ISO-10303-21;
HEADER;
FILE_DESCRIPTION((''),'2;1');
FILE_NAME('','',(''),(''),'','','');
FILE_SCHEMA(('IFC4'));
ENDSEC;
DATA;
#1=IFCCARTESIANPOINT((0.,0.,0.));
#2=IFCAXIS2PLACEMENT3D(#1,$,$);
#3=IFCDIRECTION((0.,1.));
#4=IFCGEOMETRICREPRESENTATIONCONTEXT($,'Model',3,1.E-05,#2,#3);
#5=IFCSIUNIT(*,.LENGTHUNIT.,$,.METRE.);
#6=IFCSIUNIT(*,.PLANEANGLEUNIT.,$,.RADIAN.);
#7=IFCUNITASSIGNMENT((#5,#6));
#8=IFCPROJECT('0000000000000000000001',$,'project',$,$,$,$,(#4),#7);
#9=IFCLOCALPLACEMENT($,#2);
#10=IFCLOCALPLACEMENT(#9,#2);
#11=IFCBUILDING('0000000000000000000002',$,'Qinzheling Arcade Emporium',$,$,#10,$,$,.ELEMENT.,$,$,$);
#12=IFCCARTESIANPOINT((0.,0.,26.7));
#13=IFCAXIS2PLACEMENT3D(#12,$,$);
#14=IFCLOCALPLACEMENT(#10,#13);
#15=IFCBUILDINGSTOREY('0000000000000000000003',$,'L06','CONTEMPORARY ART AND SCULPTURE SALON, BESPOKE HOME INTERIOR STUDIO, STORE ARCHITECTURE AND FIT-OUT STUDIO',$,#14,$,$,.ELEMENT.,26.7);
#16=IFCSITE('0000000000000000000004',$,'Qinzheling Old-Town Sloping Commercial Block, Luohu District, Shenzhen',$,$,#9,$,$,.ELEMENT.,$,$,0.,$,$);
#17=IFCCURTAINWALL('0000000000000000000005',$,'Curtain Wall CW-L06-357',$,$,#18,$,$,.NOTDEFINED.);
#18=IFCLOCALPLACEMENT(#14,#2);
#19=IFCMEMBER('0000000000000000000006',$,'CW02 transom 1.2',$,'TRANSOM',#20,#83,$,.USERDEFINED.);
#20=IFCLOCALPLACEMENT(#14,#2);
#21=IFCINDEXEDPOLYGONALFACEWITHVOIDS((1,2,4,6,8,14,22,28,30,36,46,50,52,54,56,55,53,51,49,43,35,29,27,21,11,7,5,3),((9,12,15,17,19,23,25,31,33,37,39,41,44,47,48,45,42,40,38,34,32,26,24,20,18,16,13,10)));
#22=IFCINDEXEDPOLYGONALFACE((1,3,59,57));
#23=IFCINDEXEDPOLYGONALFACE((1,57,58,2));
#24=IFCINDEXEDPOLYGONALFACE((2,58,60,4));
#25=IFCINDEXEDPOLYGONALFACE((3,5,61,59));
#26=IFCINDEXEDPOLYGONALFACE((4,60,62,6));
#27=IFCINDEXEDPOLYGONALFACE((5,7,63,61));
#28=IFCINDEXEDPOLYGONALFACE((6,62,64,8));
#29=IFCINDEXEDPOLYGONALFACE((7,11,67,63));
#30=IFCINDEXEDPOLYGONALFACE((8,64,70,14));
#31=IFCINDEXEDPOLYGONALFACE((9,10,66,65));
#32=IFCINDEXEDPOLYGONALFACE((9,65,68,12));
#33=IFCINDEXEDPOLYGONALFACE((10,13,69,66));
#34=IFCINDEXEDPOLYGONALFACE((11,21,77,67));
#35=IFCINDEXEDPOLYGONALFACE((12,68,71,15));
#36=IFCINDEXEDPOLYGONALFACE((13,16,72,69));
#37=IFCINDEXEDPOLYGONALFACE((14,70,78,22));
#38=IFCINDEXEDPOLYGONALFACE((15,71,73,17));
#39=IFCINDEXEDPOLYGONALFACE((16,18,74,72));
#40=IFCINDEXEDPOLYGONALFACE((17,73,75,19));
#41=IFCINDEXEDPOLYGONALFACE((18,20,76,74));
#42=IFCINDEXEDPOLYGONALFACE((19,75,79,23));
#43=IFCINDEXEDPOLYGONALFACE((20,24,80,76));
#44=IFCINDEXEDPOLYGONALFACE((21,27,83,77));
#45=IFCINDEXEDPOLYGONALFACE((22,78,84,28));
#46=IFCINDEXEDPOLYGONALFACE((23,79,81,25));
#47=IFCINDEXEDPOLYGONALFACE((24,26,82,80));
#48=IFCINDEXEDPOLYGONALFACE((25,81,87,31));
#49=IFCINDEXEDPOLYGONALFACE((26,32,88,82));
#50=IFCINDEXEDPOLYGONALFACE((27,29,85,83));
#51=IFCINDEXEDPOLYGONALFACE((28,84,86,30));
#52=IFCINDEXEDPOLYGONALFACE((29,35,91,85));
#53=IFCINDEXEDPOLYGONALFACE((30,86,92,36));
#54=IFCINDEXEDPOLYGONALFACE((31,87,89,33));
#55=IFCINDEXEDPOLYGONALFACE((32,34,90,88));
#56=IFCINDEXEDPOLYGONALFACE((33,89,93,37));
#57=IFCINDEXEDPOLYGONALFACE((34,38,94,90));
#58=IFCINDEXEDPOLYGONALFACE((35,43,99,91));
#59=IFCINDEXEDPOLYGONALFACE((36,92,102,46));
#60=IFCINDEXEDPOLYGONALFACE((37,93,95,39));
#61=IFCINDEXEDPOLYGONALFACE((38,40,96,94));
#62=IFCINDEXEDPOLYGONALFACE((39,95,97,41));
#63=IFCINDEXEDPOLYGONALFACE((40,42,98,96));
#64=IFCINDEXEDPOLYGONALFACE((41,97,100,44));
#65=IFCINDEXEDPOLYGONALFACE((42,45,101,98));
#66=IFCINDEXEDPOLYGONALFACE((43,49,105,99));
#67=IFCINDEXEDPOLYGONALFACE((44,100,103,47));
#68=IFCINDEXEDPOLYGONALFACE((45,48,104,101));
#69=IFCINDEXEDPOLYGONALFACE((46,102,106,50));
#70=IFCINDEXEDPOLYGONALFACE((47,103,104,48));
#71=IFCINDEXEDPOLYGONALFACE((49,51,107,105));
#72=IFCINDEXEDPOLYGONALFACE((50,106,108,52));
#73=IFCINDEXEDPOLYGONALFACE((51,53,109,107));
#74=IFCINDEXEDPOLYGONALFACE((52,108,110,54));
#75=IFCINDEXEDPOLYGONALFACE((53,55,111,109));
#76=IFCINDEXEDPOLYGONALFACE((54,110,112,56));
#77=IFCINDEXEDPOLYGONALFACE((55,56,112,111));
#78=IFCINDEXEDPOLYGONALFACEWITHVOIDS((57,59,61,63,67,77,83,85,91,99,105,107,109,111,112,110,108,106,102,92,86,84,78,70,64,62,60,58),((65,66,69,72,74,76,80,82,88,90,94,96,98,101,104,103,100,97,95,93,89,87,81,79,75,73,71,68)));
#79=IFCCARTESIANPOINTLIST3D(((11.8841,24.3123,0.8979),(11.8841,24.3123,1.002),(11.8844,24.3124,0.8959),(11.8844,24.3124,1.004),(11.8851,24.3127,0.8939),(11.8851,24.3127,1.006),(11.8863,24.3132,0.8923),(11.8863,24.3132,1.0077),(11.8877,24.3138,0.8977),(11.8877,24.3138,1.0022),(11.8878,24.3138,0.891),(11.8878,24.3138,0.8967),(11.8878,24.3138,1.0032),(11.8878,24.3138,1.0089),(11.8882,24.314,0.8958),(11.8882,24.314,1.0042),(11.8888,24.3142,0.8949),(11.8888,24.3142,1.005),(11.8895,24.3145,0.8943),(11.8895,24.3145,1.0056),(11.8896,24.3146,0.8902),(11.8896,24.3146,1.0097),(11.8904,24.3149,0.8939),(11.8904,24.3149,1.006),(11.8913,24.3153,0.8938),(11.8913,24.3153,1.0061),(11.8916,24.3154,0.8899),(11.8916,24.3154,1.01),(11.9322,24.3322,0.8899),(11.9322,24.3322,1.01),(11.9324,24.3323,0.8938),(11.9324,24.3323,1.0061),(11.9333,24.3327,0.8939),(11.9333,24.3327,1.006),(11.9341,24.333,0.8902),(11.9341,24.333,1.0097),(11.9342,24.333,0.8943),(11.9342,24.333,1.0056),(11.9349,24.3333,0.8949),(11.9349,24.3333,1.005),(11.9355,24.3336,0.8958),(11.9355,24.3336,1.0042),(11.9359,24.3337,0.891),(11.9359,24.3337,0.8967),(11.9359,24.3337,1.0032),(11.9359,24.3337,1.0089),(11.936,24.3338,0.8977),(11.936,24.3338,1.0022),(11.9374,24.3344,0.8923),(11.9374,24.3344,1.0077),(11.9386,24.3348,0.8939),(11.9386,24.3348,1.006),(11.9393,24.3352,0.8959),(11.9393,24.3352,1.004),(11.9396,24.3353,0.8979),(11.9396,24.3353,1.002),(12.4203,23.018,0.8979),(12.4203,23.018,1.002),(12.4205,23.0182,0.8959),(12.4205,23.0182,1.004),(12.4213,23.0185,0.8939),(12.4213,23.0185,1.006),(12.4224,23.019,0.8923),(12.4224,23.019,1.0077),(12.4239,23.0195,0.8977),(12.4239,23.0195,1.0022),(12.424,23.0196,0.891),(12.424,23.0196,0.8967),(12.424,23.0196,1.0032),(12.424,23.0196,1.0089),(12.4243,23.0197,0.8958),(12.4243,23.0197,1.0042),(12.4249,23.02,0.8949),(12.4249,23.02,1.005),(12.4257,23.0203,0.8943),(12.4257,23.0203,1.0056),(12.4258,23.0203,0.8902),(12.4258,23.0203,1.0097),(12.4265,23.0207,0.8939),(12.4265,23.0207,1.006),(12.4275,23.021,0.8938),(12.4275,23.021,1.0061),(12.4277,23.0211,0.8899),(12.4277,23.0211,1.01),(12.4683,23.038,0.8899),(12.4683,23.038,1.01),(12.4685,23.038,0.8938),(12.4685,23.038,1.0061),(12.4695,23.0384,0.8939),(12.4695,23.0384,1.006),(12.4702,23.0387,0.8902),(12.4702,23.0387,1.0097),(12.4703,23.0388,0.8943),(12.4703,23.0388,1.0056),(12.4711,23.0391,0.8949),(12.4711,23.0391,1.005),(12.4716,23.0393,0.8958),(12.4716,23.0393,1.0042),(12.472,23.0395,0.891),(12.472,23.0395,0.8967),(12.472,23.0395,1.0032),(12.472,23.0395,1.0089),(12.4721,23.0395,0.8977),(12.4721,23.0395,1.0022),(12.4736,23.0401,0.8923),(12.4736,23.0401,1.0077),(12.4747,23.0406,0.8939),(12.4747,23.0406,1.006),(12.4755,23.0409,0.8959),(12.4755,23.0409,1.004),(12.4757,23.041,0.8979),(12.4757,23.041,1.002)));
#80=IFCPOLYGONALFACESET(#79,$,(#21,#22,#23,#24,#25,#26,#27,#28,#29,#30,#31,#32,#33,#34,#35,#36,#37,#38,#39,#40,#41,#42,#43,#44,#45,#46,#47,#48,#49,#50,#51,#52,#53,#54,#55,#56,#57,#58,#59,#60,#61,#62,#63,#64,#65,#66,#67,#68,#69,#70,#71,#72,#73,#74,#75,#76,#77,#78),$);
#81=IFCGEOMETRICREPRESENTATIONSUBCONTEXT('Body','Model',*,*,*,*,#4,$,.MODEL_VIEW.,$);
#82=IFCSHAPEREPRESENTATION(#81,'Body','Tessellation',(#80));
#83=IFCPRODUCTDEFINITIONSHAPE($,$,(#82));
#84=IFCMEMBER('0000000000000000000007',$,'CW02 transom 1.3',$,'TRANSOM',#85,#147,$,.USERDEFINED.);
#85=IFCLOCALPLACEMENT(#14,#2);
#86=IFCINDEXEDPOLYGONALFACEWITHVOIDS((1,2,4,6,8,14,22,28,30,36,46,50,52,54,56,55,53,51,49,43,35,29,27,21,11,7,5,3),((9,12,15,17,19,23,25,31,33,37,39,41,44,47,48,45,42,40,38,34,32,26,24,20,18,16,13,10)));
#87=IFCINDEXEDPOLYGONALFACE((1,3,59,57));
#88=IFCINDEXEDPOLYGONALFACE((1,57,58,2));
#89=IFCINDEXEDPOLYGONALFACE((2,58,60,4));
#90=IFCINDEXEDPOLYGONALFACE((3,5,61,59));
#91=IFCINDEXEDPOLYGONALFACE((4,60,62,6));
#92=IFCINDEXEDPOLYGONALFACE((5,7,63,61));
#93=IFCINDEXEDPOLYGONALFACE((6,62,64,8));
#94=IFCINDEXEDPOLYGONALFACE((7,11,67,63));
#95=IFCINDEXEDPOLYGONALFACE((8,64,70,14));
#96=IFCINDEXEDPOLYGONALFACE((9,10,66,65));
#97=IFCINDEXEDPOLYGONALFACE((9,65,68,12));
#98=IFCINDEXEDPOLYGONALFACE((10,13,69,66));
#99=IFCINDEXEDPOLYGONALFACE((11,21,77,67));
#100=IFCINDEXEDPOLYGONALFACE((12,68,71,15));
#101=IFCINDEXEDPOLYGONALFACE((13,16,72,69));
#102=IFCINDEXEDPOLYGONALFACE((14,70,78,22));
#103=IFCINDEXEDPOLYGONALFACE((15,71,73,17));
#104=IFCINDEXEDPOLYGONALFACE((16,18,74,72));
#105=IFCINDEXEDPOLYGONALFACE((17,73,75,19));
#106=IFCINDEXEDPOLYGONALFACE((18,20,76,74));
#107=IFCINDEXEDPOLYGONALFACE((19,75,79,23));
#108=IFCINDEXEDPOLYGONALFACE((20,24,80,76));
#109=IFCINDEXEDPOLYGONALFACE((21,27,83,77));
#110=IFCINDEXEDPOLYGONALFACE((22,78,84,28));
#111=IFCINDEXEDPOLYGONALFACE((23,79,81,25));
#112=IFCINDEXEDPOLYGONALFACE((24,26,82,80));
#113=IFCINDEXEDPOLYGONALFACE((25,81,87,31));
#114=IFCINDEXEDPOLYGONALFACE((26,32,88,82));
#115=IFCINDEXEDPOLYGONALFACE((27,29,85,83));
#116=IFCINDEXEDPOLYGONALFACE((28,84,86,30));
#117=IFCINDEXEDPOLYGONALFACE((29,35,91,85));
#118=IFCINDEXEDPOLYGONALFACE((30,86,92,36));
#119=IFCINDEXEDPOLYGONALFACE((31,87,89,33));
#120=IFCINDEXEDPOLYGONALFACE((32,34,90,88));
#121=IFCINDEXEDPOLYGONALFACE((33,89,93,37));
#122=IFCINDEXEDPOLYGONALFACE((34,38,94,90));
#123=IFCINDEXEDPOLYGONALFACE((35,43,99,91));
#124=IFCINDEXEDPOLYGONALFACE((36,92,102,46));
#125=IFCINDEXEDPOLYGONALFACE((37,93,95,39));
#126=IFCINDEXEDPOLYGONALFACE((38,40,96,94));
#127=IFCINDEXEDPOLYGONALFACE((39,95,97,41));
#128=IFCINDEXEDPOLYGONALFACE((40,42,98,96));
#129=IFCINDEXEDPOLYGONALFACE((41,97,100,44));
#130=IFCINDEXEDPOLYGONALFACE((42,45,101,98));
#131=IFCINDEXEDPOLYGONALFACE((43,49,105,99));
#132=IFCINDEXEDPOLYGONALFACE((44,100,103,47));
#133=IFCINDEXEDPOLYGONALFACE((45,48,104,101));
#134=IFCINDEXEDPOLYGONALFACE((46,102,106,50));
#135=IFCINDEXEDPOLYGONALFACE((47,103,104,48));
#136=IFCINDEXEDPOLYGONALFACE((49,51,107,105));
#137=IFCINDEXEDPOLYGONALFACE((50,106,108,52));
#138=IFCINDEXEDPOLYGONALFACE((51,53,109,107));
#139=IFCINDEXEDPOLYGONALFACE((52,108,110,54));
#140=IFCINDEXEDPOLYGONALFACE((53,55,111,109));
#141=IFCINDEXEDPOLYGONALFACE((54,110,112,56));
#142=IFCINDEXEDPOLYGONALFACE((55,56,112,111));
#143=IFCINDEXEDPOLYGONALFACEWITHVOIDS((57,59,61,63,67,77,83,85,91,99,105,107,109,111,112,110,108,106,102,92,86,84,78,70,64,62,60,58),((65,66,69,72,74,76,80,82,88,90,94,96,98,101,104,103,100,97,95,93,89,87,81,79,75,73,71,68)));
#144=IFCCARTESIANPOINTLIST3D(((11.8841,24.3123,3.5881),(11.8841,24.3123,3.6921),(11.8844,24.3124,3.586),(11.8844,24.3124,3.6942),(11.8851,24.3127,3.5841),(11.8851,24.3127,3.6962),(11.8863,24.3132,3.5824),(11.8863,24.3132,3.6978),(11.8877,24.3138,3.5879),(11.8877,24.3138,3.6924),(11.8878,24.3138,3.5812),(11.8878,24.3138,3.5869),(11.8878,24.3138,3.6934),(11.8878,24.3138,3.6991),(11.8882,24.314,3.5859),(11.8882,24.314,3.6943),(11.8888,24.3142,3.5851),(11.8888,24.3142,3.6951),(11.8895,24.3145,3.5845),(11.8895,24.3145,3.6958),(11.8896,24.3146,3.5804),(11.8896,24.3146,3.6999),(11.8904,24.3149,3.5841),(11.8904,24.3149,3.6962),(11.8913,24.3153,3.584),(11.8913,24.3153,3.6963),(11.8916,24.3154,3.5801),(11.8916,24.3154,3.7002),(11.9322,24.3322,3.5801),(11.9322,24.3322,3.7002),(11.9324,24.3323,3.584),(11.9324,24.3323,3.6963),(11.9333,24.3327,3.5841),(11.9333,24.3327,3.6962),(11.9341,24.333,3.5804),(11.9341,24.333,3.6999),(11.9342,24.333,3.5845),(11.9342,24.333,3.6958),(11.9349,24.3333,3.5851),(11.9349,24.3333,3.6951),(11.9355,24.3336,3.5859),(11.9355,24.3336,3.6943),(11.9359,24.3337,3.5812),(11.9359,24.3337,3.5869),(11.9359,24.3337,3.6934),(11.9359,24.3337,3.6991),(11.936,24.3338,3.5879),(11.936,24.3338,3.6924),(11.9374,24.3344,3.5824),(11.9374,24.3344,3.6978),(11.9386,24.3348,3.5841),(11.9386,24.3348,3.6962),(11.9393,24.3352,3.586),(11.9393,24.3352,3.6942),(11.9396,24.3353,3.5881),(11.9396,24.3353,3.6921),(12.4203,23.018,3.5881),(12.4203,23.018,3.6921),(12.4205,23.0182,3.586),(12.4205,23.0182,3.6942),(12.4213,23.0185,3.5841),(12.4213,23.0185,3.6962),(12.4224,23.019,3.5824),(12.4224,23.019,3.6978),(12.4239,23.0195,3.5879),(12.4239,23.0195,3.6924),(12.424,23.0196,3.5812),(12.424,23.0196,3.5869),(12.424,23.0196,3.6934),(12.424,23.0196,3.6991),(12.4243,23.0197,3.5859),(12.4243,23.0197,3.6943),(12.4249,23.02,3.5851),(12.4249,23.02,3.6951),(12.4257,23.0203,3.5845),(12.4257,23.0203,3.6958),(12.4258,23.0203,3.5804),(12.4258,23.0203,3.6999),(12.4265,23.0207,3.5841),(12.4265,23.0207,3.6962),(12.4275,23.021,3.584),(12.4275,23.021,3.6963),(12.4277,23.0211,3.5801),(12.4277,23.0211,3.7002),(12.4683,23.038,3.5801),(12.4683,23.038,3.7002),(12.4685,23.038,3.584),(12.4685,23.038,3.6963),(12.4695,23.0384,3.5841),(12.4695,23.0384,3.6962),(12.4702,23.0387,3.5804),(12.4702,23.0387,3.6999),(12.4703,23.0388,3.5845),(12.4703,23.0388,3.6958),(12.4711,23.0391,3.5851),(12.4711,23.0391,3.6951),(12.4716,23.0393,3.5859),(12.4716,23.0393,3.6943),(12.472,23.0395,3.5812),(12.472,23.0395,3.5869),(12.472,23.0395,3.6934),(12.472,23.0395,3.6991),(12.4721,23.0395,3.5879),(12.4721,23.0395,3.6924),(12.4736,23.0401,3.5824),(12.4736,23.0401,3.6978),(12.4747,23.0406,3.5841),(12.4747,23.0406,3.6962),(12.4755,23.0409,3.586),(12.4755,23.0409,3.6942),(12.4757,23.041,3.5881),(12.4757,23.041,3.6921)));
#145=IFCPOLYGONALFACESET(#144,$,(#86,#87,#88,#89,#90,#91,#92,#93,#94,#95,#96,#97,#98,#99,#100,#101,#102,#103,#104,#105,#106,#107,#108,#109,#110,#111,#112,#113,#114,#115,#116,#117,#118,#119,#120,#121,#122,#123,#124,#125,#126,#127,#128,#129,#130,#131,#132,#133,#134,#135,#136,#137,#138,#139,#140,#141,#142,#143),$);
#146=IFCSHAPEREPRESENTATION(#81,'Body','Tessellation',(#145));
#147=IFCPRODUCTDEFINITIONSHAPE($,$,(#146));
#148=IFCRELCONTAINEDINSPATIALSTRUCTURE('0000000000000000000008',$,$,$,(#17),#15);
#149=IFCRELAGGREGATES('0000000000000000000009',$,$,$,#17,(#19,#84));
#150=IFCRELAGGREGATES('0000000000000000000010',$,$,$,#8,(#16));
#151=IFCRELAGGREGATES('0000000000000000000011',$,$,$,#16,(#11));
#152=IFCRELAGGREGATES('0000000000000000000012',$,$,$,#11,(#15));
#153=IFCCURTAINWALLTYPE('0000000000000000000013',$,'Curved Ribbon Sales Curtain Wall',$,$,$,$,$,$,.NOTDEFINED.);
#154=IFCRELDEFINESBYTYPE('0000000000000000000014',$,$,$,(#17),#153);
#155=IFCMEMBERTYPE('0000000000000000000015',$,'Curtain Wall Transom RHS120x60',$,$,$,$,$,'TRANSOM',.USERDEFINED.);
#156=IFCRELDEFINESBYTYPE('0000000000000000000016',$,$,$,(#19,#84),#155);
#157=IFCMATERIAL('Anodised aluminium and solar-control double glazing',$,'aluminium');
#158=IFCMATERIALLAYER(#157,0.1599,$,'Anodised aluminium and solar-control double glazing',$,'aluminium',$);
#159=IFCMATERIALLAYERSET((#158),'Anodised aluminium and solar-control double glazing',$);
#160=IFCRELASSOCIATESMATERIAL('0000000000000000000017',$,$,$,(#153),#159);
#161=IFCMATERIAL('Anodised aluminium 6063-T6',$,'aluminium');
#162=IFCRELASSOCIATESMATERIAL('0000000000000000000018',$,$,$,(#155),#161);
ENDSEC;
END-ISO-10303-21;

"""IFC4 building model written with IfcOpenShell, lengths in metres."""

from ifc_helpers import new_model, si_unit, direction, frame, origin, origin_2d, place, context, subcontext, project, spatial, hollow_rectangle, extrude, material, layer, layer_set, material_profile, profile_set, type_object, element, aggregate, save


model = new_model("IFC4")

# Units and contexts
model_context = context("Model", 3, precision=1e-05, world=origin(), true_north=direction((0.0, 1.0)))
body_context = subcontext(model_context, "Body", "Model", "MODEL_VIEW")
ifc_project = project(units=[si_unit("LENGTHUNIT", "METRE"), si_unit("PLANEANGLEUNIT", "RADIAN")], contexts=[model_context])

# Site, building, storey
site_placement = place(None, origin())
site = spatial("IfcSite", under=ifc_project, at=site_placement, Name="Qinzheling Old-Town Sloping Commercial Block, Luohu District, Shenzhen", CompositionType="ELEMENT", RefElevation=0.0)
building_placement = place(site_placement, origin())
building = spatial("IfcBuilding", under=site, at=building_placement, Name="Qinzheling Arcade Emporium", CompositionType="ELEMENT")
storey_placement = place(building_placement, frame((0.0, 0.0, 26.7)))
storey = spatial("IfcBuildingStorey", under=building, at=storey_placement, Name="L06", Description="CONTEMPORARY ART AND SCULPTURE SALON, BESPOKE HOME INTERIOR STUDIO, STORE ARCHITECTURE AND FIT-OUT STUDIO", CompositionType="ELEMENT", Elevation=26.7)

# Curtain wall
ifc_material_1 = material(Name="Anodised aluminium and solar-control double glazing", Category="aluminium")
ifc_layer_1 = layer(ifc_material_1, 0.1599, Name="Anodised aluminium and solar-control double glazing", Category="aluminium")
ifc_layer_set_1 = layer_set([ifc_layer_1], Name="Anodised aluminium and solar-control double glazing")
curtain_wall_type = type_object("IfcCurtainWallType", Name="Curved Ribbon Sales Curtain Wall", PredefinedType="NOTDEFINED", material=ifc_layer_set_1)
ifc_material_2 = material(Name="Anodised aluminium 6063-T6", Category="aluminium")
curtain_wall_1_placement = place(storey_placement, origin())
curtain_wall_1 = element("IfcCurtainWall", 1, at=curtain_wall_1_placement, inside=storey, type_object=curtain_wall_type, Name="Curtain Wall CW-L06-357", PredefinedType="NOTDEFINED")

# Members
ifc_material_profile_1 = material_profile(ifc_material_2, hollow_rectangle(XDim=0.0601, YDim=0.1201, WallThickness=0.0039, InnerFilletRadius=0.0039, OuterFilletRadius=0.0081, at=origin_2d()), Name="RHS 120x60x4", Category="aluminium")
ifc_profile_set_1 = profile_set([ifc_material_profile_1], Name="Anodised aluminium 6063-T6")
member_type_1 = type_object("IfcMemberType", Name="Curtain Wall Transom RHS120x60", ElementType="TRANSOM", PredefinedType="USERDEFINED", material=ifc_profile_set_1)
member_1_placement = place(storey_placement, frame((12.448, 23.0295, 0.95), z_axis=(-0.382721, 0.923864, 0.0), x_axis=(-0.923864, -0.382721, 0.0)))
member_1 = element("IfcMember", 2, at=member_1_placement, type_object=member_type_1, Name="CW02 transom 1.2", ObjectType="TRANSOM", PredefinedType="USERDEFINED", context=body_context, shape_type="SweptSolid", body=[
    extrude(hollow_rectangle(XDim=0.0601, YDim=0.1201, WallThickness=0.0039, InnerFilletRadius=0.0039, OuterFilletRadius=0.0081, at=origin_2d()), origin(), (0.0, 0.0, 1.0), 1.4009),
])
member_2_placement = place(storey_placement, frame((12.448, 23.0295, 3.6401), z_axis=(-0.382721, 0.923864, 0.0), x_axis=(-0.923864, -0.382721, 0.0)))
member_2 = element("IfcMember", 3, at=member_2_placement, type_object=member_type_1, Name="CW02 transom 1.3", ObjectType="TRANSOM", PredefinedType="USERDEFINED", context=body_context, shape_type="SweptSolid", body=[
    extrude(hollow_rectangle(XDim=0.0601, YDim=0.1201, WallThickness=0.0039, InnerFilletRadius=0.0039, OuterFilletRadius=0.0081, at=origin_2d()), origin(), (0.0, 0.0, 1.0), 1.4009),
])

aggregate(curtain_wall_1, [member_1, member_2])

save(model, "model.ifc")
